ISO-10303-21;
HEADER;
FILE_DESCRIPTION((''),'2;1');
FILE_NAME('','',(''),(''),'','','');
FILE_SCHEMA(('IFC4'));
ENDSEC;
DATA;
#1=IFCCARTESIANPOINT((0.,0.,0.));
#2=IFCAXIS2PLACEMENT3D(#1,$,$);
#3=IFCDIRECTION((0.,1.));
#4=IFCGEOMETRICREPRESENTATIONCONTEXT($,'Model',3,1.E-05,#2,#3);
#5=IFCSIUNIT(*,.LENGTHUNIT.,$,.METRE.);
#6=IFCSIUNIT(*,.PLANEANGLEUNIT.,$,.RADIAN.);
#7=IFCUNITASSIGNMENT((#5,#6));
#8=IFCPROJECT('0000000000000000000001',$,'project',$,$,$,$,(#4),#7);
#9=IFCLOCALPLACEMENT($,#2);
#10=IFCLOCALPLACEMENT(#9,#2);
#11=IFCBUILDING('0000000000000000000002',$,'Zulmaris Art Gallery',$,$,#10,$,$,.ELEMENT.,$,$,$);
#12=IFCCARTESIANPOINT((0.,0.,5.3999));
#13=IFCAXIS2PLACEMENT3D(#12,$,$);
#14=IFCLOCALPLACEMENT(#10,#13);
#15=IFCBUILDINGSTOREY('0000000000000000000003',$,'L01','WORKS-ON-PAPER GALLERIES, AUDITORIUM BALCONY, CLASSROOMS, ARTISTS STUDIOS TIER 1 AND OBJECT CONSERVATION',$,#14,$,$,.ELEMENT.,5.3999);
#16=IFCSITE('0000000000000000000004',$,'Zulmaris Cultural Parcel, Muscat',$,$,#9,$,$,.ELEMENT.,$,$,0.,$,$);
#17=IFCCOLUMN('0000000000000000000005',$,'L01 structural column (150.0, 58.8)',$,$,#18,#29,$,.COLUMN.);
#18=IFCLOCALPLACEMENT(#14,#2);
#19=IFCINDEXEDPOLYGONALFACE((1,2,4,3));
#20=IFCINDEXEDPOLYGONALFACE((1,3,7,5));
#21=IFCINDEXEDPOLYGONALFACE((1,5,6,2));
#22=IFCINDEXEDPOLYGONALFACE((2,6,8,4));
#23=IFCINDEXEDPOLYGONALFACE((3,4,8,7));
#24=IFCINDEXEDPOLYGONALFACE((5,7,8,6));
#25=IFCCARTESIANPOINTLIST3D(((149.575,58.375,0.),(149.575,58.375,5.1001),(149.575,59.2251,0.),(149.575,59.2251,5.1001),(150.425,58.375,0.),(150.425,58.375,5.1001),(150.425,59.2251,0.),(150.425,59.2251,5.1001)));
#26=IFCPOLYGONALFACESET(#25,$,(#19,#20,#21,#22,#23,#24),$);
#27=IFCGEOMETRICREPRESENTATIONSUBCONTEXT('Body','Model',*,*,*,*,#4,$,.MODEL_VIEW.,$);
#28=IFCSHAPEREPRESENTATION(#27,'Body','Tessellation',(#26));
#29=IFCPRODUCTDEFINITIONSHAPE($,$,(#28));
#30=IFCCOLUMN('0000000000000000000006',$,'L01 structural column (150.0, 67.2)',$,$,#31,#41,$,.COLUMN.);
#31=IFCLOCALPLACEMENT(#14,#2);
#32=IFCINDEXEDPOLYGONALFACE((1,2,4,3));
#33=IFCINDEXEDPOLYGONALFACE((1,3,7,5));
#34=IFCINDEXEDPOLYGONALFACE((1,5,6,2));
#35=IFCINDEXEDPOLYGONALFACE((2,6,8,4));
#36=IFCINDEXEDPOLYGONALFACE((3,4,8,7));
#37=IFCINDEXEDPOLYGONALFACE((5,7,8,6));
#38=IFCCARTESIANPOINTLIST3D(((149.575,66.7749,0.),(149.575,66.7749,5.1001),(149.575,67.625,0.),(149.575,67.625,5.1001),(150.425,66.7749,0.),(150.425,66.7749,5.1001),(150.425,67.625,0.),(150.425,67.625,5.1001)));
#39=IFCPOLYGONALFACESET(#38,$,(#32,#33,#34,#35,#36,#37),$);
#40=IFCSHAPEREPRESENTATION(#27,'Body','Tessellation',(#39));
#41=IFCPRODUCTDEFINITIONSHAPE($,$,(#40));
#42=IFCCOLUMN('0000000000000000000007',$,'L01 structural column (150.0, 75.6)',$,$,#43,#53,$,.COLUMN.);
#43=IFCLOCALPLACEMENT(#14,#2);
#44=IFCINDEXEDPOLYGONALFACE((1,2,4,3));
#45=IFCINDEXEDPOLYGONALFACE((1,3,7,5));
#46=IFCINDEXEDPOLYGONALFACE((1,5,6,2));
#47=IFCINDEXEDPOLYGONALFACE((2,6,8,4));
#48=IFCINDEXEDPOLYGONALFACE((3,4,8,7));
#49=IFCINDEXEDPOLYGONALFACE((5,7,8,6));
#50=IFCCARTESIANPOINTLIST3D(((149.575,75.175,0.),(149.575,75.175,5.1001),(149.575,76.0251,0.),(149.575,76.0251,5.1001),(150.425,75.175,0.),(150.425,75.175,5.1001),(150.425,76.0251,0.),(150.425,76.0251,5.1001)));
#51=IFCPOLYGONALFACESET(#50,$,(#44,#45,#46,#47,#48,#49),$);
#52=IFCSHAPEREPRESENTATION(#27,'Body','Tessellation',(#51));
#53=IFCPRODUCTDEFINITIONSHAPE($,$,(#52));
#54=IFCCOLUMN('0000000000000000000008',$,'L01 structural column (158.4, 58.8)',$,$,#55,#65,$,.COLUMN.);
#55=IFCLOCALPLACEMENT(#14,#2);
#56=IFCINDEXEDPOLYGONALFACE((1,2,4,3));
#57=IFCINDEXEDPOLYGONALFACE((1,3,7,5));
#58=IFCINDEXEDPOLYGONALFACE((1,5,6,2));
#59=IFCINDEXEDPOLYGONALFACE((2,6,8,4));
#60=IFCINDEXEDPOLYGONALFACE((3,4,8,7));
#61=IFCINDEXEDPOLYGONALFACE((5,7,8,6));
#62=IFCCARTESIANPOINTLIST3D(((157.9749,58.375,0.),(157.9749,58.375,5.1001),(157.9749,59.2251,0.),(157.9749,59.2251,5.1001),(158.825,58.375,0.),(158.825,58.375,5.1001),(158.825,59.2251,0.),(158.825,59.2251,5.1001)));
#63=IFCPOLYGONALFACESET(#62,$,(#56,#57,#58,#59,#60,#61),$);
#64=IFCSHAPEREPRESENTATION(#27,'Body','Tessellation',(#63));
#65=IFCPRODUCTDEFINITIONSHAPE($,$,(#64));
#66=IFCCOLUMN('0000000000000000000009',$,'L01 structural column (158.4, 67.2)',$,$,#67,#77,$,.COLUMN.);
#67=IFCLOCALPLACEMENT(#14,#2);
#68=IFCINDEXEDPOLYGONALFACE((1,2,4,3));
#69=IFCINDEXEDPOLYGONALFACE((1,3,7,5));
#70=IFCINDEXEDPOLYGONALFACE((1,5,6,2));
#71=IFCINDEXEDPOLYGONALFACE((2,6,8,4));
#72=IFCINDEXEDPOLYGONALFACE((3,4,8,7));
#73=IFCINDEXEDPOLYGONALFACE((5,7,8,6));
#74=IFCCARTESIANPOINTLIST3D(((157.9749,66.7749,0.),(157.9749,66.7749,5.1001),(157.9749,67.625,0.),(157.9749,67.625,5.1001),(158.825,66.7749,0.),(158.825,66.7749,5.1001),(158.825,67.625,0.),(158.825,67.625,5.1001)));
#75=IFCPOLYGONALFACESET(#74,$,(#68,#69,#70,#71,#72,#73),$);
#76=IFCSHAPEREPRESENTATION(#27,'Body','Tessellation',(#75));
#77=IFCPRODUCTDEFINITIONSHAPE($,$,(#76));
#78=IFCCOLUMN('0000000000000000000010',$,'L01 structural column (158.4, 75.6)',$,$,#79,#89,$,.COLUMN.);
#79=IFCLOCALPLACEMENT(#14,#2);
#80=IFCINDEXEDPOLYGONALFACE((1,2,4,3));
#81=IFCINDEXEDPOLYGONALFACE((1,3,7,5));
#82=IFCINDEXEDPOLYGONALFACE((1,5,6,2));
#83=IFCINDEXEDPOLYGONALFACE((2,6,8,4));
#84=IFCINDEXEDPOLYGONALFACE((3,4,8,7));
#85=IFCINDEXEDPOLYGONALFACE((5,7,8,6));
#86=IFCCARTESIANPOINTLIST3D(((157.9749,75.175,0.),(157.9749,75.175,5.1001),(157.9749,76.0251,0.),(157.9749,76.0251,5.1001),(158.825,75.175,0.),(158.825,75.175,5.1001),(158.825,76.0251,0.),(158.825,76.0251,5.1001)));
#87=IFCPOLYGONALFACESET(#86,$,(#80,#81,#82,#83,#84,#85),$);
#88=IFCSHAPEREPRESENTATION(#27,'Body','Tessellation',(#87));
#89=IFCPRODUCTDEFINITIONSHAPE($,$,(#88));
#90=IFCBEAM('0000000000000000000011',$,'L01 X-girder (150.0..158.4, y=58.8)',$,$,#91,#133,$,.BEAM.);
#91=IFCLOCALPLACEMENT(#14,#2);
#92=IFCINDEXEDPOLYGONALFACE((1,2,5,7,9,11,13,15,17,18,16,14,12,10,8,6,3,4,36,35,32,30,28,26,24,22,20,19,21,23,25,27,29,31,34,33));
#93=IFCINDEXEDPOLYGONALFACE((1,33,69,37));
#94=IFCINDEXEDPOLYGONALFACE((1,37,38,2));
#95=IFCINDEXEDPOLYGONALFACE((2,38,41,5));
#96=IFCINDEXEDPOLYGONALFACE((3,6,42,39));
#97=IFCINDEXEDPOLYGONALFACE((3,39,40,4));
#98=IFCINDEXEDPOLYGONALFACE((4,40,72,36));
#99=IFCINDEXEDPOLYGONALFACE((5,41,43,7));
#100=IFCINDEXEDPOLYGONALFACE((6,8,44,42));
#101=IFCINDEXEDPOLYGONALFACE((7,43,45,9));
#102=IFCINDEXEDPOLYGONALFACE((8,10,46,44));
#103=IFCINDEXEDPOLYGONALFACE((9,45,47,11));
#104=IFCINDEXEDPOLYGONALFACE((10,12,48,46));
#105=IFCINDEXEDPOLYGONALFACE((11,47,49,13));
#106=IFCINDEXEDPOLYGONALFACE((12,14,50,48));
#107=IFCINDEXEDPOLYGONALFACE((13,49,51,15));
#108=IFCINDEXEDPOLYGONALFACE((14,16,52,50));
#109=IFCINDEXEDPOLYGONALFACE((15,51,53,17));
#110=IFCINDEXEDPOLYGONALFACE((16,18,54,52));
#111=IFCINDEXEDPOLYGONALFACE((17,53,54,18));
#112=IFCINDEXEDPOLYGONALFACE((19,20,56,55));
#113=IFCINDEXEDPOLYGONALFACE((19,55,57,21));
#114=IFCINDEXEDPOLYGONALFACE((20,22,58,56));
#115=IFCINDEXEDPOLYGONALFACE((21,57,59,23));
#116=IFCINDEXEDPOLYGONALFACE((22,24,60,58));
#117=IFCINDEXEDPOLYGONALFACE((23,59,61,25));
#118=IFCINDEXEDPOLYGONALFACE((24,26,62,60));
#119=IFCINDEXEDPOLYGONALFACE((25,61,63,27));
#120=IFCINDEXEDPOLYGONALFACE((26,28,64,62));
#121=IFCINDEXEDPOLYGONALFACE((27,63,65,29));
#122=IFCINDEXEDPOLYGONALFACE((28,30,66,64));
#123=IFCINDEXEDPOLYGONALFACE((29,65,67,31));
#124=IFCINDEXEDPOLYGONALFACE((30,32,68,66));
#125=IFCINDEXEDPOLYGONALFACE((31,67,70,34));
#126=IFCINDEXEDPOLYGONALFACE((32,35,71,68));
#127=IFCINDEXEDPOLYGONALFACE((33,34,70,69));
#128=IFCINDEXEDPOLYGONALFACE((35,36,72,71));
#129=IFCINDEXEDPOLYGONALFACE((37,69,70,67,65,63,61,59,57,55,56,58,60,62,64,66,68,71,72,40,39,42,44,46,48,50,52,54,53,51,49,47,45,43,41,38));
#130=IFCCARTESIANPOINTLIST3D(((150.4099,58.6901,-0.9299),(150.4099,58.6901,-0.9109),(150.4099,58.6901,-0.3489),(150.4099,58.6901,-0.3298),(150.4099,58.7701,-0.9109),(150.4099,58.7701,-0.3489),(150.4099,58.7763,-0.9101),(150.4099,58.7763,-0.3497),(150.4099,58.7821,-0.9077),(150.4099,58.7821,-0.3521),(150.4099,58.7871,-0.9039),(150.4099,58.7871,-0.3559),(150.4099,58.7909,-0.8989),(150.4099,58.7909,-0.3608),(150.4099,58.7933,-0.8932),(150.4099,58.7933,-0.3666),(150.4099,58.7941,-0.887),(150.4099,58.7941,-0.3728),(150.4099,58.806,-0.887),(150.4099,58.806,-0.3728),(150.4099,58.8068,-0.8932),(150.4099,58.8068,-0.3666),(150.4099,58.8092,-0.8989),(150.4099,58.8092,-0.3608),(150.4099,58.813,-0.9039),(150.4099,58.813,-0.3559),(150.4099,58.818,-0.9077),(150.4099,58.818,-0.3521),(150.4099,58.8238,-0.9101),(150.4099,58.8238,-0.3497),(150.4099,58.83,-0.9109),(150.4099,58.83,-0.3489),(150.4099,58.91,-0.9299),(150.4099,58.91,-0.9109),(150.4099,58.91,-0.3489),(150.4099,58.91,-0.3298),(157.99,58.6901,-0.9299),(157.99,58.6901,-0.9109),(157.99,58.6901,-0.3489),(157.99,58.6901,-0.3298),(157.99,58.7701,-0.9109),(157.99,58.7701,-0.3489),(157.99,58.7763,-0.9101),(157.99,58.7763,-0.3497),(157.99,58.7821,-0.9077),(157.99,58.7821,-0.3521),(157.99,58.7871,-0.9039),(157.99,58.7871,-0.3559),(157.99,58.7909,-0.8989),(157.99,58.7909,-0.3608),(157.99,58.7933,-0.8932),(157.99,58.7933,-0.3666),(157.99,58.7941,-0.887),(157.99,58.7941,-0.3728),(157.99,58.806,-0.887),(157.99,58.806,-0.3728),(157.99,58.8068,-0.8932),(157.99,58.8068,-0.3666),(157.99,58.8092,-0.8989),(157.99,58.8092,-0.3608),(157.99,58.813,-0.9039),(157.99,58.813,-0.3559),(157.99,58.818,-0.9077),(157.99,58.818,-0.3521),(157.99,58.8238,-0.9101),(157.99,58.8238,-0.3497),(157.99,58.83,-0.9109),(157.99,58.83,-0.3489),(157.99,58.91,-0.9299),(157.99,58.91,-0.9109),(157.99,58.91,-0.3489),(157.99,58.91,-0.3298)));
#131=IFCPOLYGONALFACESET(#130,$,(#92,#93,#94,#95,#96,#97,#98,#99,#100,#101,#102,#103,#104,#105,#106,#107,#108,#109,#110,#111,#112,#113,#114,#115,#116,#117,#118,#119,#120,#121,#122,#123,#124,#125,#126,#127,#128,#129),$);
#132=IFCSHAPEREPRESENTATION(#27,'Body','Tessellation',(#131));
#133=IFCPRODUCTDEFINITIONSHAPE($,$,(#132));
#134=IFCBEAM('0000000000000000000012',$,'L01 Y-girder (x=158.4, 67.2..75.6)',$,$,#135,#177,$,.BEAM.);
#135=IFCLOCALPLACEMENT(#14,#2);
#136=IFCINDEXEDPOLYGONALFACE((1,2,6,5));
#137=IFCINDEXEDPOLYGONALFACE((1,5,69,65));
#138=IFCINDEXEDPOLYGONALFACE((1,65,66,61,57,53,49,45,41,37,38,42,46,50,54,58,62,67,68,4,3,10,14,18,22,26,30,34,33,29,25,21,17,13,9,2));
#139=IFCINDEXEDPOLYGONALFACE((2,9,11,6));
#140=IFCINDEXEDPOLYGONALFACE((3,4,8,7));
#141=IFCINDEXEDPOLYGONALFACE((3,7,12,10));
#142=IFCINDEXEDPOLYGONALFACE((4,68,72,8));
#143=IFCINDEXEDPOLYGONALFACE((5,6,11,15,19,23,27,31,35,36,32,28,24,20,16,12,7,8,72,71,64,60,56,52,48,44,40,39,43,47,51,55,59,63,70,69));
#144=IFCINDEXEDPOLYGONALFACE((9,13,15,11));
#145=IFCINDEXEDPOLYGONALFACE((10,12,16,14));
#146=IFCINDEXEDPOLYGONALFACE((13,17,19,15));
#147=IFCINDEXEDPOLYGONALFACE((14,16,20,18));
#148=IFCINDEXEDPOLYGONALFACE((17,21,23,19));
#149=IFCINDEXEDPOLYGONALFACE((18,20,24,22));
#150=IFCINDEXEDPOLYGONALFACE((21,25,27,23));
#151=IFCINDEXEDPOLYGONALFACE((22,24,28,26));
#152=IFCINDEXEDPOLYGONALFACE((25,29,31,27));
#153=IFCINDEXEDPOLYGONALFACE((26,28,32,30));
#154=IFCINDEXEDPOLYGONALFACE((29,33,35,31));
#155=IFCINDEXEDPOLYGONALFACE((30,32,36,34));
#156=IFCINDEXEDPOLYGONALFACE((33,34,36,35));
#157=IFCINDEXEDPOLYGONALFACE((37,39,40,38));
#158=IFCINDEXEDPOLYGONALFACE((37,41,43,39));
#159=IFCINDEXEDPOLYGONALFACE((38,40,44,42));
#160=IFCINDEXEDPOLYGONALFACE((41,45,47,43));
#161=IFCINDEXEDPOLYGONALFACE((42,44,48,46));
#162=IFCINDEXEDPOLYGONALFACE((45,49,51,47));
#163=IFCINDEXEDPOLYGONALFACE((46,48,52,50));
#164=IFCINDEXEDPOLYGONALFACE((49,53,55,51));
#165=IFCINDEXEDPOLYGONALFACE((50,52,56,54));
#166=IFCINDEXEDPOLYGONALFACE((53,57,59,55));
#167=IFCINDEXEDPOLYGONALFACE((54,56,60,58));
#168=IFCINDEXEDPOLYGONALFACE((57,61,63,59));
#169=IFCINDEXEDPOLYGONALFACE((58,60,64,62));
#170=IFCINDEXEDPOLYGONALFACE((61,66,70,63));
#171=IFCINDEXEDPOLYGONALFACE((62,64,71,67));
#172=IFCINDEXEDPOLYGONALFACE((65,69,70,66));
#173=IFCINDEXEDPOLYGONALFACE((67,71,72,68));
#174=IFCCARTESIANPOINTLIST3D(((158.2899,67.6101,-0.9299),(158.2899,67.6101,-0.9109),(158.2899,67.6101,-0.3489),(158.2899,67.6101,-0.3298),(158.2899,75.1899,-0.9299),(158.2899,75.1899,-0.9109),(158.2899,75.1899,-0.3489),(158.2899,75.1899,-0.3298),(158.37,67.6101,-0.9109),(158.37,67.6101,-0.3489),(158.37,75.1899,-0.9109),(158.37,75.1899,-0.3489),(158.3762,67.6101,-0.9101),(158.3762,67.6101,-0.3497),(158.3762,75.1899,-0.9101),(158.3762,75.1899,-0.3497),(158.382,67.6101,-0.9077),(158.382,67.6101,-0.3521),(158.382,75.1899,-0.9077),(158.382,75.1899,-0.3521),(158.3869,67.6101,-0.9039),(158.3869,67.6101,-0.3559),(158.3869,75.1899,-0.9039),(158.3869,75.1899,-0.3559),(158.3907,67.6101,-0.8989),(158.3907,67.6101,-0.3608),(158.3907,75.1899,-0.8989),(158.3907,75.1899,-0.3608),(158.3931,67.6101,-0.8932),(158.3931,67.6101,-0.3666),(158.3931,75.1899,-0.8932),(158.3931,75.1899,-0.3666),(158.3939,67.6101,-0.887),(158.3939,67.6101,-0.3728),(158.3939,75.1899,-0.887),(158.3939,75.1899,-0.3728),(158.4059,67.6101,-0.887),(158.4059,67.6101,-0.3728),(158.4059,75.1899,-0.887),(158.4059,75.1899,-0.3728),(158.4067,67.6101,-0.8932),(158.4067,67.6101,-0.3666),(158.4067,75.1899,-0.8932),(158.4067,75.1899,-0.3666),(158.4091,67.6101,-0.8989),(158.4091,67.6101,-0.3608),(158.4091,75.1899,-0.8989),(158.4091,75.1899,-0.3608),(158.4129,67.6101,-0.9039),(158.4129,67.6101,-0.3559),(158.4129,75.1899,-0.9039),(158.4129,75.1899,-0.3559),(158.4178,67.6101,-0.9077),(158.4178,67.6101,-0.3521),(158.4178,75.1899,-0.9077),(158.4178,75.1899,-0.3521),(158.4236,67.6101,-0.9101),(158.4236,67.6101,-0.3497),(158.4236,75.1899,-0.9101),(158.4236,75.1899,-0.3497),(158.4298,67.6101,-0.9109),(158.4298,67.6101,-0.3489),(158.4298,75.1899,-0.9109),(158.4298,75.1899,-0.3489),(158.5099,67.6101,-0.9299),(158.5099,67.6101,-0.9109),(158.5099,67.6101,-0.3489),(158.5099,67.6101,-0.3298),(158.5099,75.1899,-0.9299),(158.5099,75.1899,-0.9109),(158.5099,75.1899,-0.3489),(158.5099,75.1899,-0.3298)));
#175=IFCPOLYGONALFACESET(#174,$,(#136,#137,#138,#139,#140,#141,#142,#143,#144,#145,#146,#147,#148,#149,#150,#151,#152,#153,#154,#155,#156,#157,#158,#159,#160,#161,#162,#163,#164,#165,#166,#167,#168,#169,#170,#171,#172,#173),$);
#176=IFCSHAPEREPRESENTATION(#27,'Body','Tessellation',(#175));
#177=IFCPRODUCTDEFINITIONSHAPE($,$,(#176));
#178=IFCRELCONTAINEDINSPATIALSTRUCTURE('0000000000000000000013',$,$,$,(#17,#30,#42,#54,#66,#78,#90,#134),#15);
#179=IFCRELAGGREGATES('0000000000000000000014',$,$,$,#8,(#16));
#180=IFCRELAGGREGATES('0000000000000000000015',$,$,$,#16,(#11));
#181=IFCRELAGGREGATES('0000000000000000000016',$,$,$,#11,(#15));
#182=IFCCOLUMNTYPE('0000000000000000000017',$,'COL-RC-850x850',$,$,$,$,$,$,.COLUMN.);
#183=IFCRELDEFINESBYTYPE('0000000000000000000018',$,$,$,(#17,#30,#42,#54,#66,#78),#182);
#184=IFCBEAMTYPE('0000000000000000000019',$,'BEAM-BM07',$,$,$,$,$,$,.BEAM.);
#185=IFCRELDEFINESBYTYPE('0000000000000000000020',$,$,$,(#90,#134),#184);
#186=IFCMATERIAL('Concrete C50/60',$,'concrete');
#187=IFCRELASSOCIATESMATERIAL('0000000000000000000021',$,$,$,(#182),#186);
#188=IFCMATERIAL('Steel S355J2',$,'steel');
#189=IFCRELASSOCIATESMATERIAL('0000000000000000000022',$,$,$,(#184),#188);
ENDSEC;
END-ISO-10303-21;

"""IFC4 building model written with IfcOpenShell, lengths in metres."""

from ifc_helpers import new_model, si_unit, direction, frame, origin, origin_2d, place, context, subcontext, project, spatial, rectangle, i_section, extrude, material, material_profile, profile_set, type_object, element, save


model = new_model("IFC4")

# Units and contexts
model_context = context("Model", 3, precision=1e-05, world=origin(), true_north=direction((0.0, 1.0)))
body_context = subcontext(model_context, "Body", "Model", "MODEL_VIEW")
ifc_project = project(units=[si_unit("LENGTHUNIT", "METRE"), si_unit("PLANEANGLEUNIT", "RADIAN")], contexts=[model_context])

# Site, building, storey
site_placement = place(None, origin())
site = spatial("IfcSite", under=ifc_project, at=site_placement, Name="Zulmaris Cultural Parcel, Muscat", CompositionType="ELEMENT", RefElevation=0.0)
building_placement = place(site_placement, origin())
building = spatial("IfcBuilding", under=site, at=building_placement, Name="Zulmaris Art Gallery", CompositionType="ELEMENT")
storey_placement = place(building_placement, frame((0.0, 0.0, 5.3999)))
storey = spatial("IfcBuildingStorey", under=building, at=storey_placement, Name="L01", Description="WORKS-ON-PAPER GALLERIES, AUDITORIUM BALCONY, CLASSROOMS, ARTISTS STUDIOS TIER 1 AND OBJECT CONSERVATION", CompositionType="ELEMENT", Elevation=5.3999)

# Columns
ifc_material_1 = material(Name="Concrete C50/60", Category="concrete")
ifc_material_profile_1 = material_profile(ifc_material_1, rectangle(XDim=0.8501, YDim=0.8501, at=origin_2d()), Name="RC 850x850")
ifc_profile_set_1 = profile_set([ifc_material_profile_1], Name="Concrete C50/60")
column_type = type_object("IfcColumnType", Name="COL-RC-850x850", PredefinedType="COLUMN", material=ifc_profile_set_1)
for number, where, z_axis, x_axis, name in (
    (1, (150.0, 58.8, 0.0), (0.0, 0.0, 1.0), (1.0, 0.0, 0.0), "L01 structural column (150.0, 58.8)"),
    (2, (150.0, 67.2, 0.0), (0.0, 0.0, 1.0), (1.0, 0.0, 0.0), "L01 structural column (150.0, 67.2)"),
    (3, (150.0, 75.6001, 0.0), (0.0, 0.0, 1.0), (1.0, 0.0, 0.0), "L01 structural column (150.0, 75.6)"),
    (4, (158.3999, 58.8, 0.0), (0.0, 0.0, 1.0), (1.0, 0.0, 0.0), "L01 structural column (158.4, 58.8)"),
    (5, (158.3999, 67.2, 0.0), (0.0, 0.0, 1.0), (1.0, 0.0, 0.0), "L01 structural column (158.4, 67.2)"),
    (6, (158.3999, 75.6001, 0.0), (0.0, 0.0, 1.0), (1.0, 0.0, 0.0), "L01 structural column (158.4, 75.6)"),
):
    element("IfcColumn", number, at=place(storey_placement, frame(where, z_axis=z_axis, x_axis=x_axis)), inside=storey, type_object=column_type, Name=name, PredefinedType="COLUMN", context=body_context, shape_type="SweptSolid", body=[
        extrude(rectangle(XDim=0.8501, YDim=0.8501, at=origin_2d()), origin(), (0.0, 0.0, 1.0), 5.1001),
    ])

# Beams
ifc_material_2 = material(Name="Steel S355J2", Category="steel")
ifc_material_profile_2 = material_profile(ifc_material_2, i_section(OverallWidth=0.22, OverallDepth=0.6001, WebThickness=0.012, FlangeThickness=0.019, FilletRadius=0.0239, at=origin_2d()), Name="IPE 600")
ifc_profile_set_2 = profile_set([ifc_material_profile_2], Name="Steel S355J2")
beam_type_1 = type_object("IfcBeamType", Name="BEAM-BM07", PredefinedType="BEAM", material=ifc_profile_set_2)
beam_1_placement = place(storey_placement, frame((150.4099, 58.8, -0.6299), z_axis=(1.0, 0.0, 0.0), x_axis=(0.0, 1.0, 0.0)))
element("IfcBeam", 7, at=beam_1_placement, inside=storey, type_object=beam_type_1, Name="L01 X-girder (150.0..158.4, y=58.8)", PredefinedType="BEAM", context=body_context, shape_type="SweptSolid", body=[
    extrude(i_section(OverallWidth=0.22, OverallDepth=0.6001, WebThickness=0.012, FlangeThickness=0.019, FilletRadius=0.0239, at=origin_2d()), origin(), (0.0, 0.0, 1.0), 7.5801),
])
beam_2_placement = place(storey_placement, frame((158.3999, 67.6101, -0.6299), z_axis=(0.0, 1.0, 0.0), x_axis=(-1.0, 0.0, 0.0)))
element("IfcBeam", 8, at=beam_2_placement, inside=storey, type_object=beam_type_1, Name="L01 Y-girder (x=158.4, 67.2..75.6)", PredefinedType="BEAM", context=body_context, shape_type="SweptSolid", body=[
    extrude(i_section(OverallWidth=0.22, OverallDepth=0.6001, WebThickness=0.012, FlangeThickness=0.019, FilletRadius=0.0239, at=origin_2d()), origin(), (0.0, 0.0, 1.0), 7.5798),
])

save(model, "model.ifc")
